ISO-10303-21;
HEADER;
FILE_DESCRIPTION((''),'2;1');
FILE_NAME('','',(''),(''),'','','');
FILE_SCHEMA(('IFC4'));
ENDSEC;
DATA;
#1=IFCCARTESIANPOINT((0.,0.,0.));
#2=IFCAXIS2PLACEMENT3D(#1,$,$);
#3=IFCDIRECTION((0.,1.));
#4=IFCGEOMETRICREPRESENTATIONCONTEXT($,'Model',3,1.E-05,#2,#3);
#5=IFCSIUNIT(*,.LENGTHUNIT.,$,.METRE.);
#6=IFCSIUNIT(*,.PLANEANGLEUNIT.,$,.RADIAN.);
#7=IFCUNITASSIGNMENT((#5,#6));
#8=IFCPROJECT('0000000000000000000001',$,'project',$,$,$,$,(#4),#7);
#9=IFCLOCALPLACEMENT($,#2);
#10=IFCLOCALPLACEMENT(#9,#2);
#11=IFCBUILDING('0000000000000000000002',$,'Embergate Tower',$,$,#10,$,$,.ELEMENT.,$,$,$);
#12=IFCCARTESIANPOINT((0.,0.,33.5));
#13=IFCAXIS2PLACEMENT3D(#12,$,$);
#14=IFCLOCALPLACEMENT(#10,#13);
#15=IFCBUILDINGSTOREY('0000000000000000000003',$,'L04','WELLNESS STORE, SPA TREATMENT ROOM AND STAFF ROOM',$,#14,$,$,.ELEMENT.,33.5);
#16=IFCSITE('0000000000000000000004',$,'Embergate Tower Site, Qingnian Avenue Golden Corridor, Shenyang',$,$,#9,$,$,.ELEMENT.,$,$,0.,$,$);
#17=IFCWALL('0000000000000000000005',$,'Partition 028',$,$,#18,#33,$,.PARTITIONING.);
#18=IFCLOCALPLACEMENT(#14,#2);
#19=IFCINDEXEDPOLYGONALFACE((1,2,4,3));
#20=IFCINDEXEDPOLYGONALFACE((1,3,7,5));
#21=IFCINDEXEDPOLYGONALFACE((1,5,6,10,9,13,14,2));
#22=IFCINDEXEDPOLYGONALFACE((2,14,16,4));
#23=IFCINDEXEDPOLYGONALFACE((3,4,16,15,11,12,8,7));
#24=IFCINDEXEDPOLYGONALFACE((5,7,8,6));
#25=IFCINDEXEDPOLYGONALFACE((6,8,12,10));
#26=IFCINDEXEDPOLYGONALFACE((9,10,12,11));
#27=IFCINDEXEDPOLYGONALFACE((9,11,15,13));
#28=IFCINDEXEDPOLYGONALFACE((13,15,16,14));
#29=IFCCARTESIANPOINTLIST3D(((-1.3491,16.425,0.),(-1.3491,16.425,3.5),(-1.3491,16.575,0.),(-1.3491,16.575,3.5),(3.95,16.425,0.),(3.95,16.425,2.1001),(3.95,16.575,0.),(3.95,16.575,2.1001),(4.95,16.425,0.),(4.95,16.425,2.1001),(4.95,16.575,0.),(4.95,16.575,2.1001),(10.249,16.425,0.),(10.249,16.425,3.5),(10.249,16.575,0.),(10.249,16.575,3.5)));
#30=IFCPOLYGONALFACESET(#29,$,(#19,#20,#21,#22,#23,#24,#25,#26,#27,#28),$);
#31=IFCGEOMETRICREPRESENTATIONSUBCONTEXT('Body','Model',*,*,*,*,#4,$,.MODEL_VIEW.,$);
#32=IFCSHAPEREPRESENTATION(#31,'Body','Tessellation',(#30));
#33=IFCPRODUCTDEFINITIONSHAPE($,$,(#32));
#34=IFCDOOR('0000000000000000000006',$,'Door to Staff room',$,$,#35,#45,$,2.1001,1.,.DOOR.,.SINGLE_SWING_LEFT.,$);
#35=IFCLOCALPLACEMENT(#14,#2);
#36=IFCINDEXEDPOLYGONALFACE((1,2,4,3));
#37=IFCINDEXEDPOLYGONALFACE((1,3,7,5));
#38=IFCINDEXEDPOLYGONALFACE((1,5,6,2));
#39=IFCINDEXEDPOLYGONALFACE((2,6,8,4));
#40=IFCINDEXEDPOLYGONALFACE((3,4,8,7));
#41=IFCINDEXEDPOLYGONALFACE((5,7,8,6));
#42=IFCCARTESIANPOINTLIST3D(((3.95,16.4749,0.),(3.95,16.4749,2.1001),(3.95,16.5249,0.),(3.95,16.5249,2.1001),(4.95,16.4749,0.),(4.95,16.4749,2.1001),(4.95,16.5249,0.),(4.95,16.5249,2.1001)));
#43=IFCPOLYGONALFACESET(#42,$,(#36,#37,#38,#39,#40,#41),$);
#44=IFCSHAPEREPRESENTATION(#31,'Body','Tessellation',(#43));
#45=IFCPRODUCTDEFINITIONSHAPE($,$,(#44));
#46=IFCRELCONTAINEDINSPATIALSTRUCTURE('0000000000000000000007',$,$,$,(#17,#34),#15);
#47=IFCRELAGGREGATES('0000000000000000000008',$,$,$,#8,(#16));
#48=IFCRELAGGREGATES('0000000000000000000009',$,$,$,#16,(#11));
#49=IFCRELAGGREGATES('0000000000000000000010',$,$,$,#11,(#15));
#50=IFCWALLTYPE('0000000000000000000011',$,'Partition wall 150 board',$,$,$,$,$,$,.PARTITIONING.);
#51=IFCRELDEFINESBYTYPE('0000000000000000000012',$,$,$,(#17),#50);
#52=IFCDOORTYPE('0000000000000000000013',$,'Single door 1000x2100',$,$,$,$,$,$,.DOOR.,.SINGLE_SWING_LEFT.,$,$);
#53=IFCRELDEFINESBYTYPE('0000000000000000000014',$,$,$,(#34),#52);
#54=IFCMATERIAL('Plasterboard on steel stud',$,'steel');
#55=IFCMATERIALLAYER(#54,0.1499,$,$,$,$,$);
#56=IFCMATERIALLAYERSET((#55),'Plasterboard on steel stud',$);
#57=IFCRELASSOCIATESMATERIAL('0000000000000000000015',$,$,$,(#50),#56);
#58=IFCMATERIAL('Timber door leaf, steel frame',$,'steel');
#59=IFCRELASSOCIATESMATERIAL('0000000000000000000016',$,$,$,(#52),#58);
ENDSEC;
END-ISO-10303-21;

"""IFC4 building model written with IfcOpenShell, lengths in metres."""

from ifc_helpers import new_model, si_unit, direction, frame, frame_2d, origin, place, context, subcontext, project, spatial, rectangle, extrude, source, transform, mapped, material, layer, layer_set, type_object, element, fill, save


model = new_model("IFC4")

# Units and contexts
model_context = context("Model", 3, precision=1e-05, world=origin(), true_north=direction((0.0, 1.0)))
body_context = subcontext(model_context, "Body", "Model", "MODEL_VIEW")
ifc_project = project(units=[si_unit("LENGTHUNIT", "METRE"), si_unit("PLANEANGLEUNIT", "RADIAN")], contexts=[model_context])

# Site, building, storey
site_placement = place(None, origin())
site = spatial("IfcSite", under=ifc_project, at=site_placement, Name="Embergate Tower Site, Qingnian Avenue Golden Corridor, Shenyang", CompositionType="ELEMENT", RefElevation=0.0)
building_placement = place(site_placement, origin())
building = spatial("IfcBuilding", under=site, at=building_placement, Name="Embergate Tower", CompositionType="ELEMENT")
storey_placement = place(building_placement, frame((0.0, 0.0, 33.5)))
storey = spatial("IfcBuildingStorey", under=building, at=storey_placement, Name="L04", Description="WELLNESS STORE, SPA TREATMENT ROOM AND STAFF ROOM", CompositionType="ELEMENT", Elevation=33.5)

# Shared definitions
ifc_material_1 = material(Name="Timber door leaf, steel frame", Category="steel")

# Shared definitions
ifc_material_2 = material(Name="Plasterboard on steel stud", Category="steel")
ifc_layer_1 = layer(ifc_material_2, 0.1499)
ifc_layer_set_1 = layer_set([ifc_layer_1], Name="Plasterboard on steel stud")
wall_type_1 = type_object("IfcWallType", Name="Partition wall 150 board", PredefinedType="PARTITIONING", material=ifc_layer_set_1)

# Wall, opening, door
shared_shape_1 = source(origin(), body_context, "Body", "SweptSolid", [
    extrude(rectangle(XDim=11.5981, YDim=0.1499, at=frame_2d((5.7991, 0.0))), origin(), (0.0, 0.0, 1.0), 3.5),
])
wall_1_placement = place(storey_placement, frame((-1.3491, 16.5, 0.0), z_axis=(0.0, 0.0, 1.0), x_axis=(1.0, 0.0, 0.0)))
wall_1 = element("IfcWall", 1, at=wall_1_placement, inside=storey, type_object=wall_type_1, Name="Partition 028", PredefinedType="PARTITIONING", context=body_context, shape_type="MappedRepresentation", body=[
    mapped(shared_shape_1, transform((0.0, 0.0, 0.0))),
])
shared_shape_2 = source(origin(), body_context, "Body", "SweptSolid", [
    extrude(rectangle(XDim=1.0, YDim=2.1001, at=frame_2d((0.5, 1.05))), frame((0.0, 0.085, 0.0), z_axis=(0.0, -1.0, 0.0), x_axis=(1.0, 0.0, 0.0)), (0.0, 0.0, 1.0), 0.1699),
])
opening_1_placement = place(wall_1_placement, frame((5.2991, 0.0, 0.0)))
opening_1 = element("IfcOpeningElement", 2, at=opening_1_placement, cuts=wall_1, PredefinedType="OPENING", context=body_context, shape_type="MappedRepresentation", body=[
    mapped(shared_shape_2, transform((0.0, 0.0, 0.0))),
])
door_type_1 = type_object("IfcDoorType", Name="Single door 1000x2100", OperationType="SINGLE_SWING_LEFT", PredefinedType="DOOR", material=ifc_material_1)
shared_shape_3 = source(origin(), body_context, "Body", "SweptSolid", [
    extrude(rectangle(XDim=1.0, YDim=2.1001, at=frame_2d((0.5, 1.05))), frame((0.0, 0.0249, 0.0), z_axis=(0.0, -1.0, 0.0), x_axis=(1.0, 0.0, 0.0)), (0.0, 0.0, 1.0), 0.05),
])
door_1_placement = place(opening_1_placement, origin())
door_1 = element("IfcDoor", 3, at=door_1_placement, inside=storey, type_object=door_type_1, Name="Door to Staff room", OperationType="SINGLE_SWING_LEFT", OverallHeight=2.1001, OverallWidth=1.0, PredefinedType="DOOR", context=body_context, shape_type="MappedRepresentation", body=[
    mapped(shared_shape_3, transform((0.0, 0.0, 0.0))),
])
fill(opening_1, door_1)

save(model, "model.ifc")
